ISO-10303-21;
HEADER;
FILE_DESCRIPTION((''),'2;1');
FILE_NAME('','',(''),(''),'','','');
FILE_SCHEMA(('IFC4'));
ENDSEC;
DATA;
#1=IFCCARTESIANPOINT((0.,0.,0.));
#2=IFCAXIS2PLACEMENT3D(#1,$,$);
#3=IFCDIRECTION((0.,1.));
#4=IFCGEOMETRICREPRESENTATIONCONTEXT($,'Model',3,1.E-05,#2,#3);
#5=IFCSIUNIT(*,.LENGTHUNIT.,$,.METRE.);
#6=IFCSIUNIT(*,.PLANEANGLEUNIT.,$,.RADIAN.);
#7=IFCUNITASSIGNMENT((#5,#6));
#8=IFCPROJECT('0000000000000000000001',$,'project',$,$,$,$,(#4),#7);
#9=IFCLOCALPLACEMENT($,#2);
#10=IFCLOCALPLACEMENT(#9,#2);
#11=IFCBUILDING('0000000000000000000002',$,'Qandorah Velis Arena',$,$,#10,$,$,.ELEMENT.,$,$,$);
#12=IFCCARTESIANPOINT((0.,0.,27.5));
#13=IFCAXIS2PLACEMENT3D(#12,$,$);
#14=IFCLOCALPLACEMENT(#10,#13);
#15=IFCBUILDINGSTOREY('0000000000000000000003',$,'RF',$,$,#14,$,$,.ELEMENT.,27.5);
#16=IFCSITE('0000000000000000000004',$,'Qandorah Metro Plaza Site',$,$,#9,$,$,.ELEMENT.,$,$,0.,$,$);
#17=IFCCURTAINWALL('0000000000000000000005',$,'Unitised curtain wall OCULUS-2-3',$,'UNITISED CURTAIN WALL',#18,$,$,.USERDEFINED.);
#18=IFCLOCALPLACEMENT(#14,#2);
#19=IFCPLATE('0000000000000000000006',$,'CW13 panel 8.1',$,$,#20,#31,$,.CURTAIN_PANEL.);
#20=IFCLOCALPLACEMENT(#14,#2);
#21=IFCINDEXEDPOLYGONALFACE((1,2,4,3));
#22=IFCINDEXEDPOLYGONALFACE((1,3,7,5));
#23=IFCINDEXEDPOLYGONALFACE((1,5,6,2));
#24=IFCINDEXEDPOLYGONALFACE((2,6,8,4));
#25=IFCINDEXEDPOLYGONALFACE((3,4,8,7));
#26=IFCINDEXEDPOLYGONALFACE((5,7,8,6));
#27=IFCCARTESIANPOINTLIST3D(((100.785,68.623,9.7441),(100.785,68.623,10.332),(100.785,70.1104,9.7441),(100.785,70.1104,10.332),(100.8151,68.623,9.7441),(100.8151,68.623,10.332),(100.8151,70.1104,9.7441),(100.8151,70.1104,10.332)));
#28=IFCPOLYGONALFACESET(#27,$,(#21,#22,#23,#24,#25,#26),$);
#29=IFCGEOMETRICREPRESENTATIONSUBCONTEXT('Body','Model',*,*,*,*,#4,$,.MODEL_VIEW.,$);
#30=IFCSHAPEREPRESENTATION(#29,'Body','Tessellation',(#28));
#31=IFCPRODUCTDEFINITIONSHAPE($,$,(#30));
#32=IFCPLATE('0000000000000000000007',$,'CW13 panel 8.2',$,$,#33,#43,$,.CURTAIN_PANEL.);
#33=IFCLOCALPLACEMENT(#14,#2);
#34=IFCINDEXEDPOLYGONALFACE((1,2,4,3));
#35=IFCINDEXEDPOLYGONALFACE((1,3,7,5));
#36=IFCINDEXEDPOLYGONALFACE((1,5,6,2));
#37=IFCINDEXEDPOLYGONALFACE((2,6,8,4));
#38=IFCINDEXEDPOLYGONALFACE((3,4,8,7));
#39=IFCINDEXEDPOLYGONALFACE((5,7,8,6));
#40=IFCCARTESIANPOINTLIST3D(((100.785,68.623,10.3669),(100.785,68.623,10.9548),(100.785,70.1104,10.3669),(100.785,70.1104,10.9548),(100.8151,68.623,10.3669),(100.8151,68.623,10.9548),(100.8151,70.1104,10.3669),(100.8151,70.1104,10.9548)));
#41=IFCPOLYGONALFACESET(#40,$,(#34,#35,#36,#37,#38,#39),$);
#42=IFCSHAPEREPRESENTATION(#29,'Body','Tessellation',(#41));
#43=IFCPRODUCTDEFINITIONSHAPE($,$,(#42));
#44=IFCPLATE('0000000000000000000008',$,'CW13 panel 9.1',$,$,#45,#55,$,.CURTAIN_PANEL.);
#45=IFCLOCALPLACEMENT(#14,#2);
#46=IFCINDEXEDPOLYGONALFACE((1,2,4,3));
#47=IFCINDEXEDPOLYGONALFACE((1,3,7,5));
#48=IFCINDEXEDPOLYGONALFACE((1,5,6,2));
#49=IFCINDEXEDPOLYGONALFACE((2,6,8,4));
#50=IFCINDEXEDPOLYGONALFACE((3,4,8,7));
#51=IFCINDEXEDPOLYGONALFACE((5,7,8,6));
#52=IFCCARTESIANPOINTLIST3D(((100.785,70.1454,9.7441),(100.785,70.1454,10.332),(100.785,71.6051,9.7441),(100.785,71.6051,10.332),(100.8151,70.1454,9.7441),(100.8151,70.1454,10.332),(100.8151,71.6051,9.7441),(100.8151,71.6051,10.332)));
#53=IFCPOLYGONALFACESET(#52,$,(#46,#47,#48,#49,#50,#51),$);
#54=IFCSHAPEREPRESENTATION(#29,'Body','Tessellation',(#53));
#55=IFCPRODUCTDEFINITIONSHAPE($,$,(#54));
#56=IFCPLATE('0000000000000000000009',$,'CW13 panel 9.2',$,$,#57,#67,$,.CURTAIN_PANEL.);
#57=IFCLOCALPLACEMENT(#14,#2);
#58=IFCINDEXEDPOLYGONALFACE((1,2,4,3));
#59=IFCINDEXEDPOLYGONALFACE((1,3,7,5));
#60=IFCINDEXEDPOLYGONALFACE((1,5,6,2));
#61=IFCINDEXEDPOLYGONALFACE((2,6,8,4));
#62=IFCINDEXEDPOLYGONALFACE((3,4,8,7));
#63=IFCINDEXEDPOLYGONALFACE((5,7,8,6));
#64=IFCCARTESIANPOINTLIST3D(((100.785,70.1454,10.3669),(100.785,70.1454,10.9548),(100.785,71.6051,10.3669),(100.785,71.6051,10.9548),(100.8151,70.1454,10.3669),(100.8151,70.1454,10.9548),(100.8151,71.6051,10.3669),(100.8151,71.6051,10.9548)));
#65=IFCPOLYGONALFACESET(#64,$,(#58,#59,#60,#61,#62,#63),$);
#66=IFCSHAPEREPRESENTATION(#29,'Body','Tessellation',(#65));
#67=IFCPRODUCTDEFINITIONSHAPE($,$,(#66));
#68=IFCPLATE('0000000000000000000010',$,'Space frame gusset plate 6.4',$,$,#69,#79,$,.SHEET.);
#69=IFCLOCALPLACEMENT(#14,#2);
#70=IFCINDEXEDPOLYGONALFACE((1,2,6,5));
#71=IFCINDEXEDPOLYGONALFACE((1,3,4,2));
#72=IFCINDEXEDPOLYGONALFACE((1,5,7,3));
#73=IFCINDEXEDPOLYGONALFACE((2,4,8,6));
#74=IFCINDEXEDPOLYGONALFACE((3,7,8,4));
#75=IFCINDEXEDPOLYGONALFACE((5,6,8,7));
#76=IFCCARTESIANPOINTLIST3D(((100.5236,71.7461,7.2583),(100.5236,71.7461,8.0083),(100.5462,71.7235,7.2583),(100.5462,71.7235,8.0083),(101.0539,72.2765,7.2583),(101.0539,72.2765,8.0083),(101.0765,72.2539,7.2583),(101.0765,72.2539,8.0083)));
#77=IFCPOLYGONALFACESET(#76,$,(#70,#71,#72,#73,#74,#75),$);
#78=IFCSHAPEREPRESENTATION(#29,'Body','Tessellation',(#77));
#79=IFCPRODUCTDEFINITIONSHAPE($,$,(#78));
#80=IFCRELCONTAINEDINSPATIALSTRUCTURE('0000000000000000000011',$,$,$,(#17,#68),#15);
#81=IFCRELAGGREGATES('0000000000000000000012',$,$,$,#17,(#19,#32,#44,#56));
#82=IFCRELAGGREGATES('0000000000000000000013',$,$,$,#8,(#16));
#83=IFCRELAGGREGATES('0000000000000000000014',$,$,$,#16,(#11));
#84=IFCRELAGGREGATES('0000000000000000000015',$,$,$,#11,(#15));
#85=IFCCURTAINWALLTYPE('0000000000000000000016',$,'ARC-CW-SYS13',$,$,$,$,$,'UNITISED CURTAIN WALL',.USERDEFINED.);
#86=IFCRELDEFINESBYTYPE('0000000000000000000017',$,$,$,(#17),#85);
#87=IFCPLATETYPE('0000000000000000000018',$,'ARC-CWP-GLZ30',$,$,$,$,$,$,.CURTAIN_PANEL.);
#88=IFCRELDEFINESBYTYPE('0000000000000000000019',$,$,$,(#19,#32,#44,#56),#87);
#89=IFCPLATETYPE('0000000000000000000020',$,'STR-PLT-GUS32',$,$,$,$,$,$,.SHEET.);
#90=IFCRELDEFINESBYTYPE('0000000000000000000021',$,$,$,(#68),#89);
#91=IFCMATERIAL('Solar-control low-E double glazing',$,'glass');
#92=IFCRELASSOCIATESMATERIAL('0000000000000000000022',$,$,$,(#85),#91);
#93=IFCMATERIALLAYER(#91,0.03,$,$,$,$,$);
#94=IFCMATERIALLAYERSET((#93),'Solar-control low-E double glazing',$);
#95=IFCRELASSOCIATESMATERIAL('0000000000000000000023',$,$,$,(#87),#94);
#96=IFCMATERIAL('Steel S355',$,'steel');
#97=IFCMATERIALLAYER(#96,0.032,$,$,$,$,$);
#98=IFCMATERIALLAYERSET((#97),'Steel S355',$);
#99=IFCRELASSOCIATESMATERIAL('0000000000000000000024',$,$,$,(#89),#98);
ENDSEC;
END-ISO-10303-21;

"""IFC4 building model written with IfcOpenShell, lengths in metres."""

from ifc_helpers import new_model, si_unit, direction, frame, origin, origin_2d, place, context, subcontext, project, spatial, rectangle, extrude, material, layer, layer_set, type_object, element, aggregate, save


model = new_model("IFC4")

# Units and contexts
model_context = context("Model", 3, precision=1e-05, world=origin(), true_north=direction((0.0, 1.0)))
body_context = subcontext(model_context, "Body", "Model", "MODEL_VIEW")
ifc_project = project(units=[si_unit("LENGTHUNIT", "METRE"), si_unit("PLANEANGLEUNIT", "RADIAN")], contexts=[model_context])

# Site, building, storey
site_placement = place(None, origin())
site = spatial("IfcSite", under=ifc_project, at=site_placement, Name="Qandorah Metro Plaza Site", CompositionType="ELEMENT", RefElevation=0.0)
building_placement = place(site_placement, origin())
building = spatial("IfcBuilding", under=site, at=building_placement, Name="Qandorah Velis Arena", CompositionType="ELEMENT")
storey_placement = place(building_placement, frame((0.0, 0.0, 27.5)))
storey = spatial("IfcBuildingStorey", under=building, at=storey_placement, Name="RF", CompositionType="ELEMENT", Elevation=27.5)

# Shared definitions
ifc_material_1 = material(Name="Solar-control low-E double glazing", Category="glass")

# Curtain wall
curtain_wall_type_1 = type_object("IfcCurtainWallType", Name="ARC-CW-SYS13", ElementType="UNITISED CURTAIN WALL", PredefinedType="USERDEFINED", material=ifc_material_1)
curtain_wall_1_placement = place(storey_placement, origin())
curtain_wall_1 = element("IfcCurtainWall", 1, at=curtain_wall_1_placement, inside=storey, type_object=curtain_wall_type_1, Name="Unitised curtain wall OCULUS-2-3", ObjectType="UNITISED CURTAIN WALL", PredefinedType="USERDEFINED")

# Shared definitions
ifc_material_2 = material(Name="Steel S355", Category="steel")

# Plates
ifc_layer_1 = layer(ifc_material_1, 0.03)
ifc_layer_set_1 = layer_set([ifc_layer_1], Name="Solar-control low-E double glazing")
plate_type_1 = type_object("IfcPlateType", Name="ARC-CWP-GLZ30", PredefinedType="CURTAIN_PANEL", material=ifc_layer_set_1)
plate_1_placement = place(storey_placement, frame((100.8, 69.3667, 9.7441), z_axis=(0.0, 0.0, 1.0), x_axis=(0.0, 1.0, 0.0)))
plate_1 = element("IfcPlate", 2, at=plate_1_placement, type_object=plate_type_1, Name="CW13 panel 8.1", PredefinedType="CURTAIN_PANEL", context=body_context, shape_type="SweptSolid", body=[
    extrude(rectangle(XDim=1.4873, YDim=0.03, at=origin_2d()), origin(), (0.0, 0.0, 1.0), 0.5879),
])
plate_2_placement = place(storey_placement, frame((100.8, 69.3667, 10.3669), z_axis=(0.0, 0.0, 1.0), x_axis=(0.0, 1.0, 0.0)))
plate_2 = element("IfcPlate", 3, at=plate_2_placement, type_object=plate_type_1, Name="CW13 panel 8.2", PredefinedType="CURTAIN_PANEL", context=body_context, shape_type="SweptSolid", body=[
    extrude(rectangle(XDim=1.4873, YDim=0.03, at=origin_2d()), origin(), (0.0, 0.0, 1.0), 0.5879),
])
plate_3_placement = place(storey_placement, frame((100.8, 70.8752, 9.7441), z_axis=(0.0, 0.0, 1.0), x_axis=(0.0, 1.0, 0.0)))
plate_3 = element("IfcPlate", 4, at=plate_3_placement, type_object=plate_type_1, Name="CW13 panel 9.1", PredefinedType="CURTAIN_PANEL", context=body_context, shape_type="SweptSolid", body=[
    extrude(rectangle(XDim=1.4597, YDim=0.03, at=origin_2d()), origin(), (0.0, 0.0, 1.0), 0.5879),
])
plate_4_placement = place(storey_placement, frame((100.8, 70.8752, 10.3669), z_axis=(0.0, 0.0, 1.0), x_axis=(0.0, 1.0, 0.0)))
plate_4 = element("IfcPlate", 5, at=plate_4_placement, type_object=plate_type_1, Name="CW13 panel 9.2", PredefinedType="CURTAIN_PANEL", context=body_context, shape_type="SweptSolid", body=[
    extrude(rectangle(XDim=1.4597, YDim=0.03, at=origin_2d()), origin(), (0.0, 0.0, 1.0), 0.5879),
])
aggregate(curtain_wall_1, [plate_1, plate_2, plate_3, plate_4])
ifc_layer_2 = layer(ifc_material_2, 0.032)
ifc_layer_set_2 = layer_set([ifc_layer_2], Name="Steel S355")
plate_type_2 = type_object("IfcPlateType", Name="STR-PLT-GUS32", PredefinedType="SHEET", material=ifc_layer_set_2)
plate_5_placement = place(storey_placement, frame((100.8, 72.0, 7.2583), z_axis=(0.0, 0.0, 1.0), x_axis=(0.707107, 0.707107, 0.0)))
element("IfcPlate", 6, at=plate_5_placement, inside=storey, type_object=plate_type_2, Name="Space frame gusset plate 6.4", PredefinedType="SHEET", context=body_context, shape_type="SweptSolid", body=[
    extrude(rectangle(XDim=0.75, YDim=0.032, at=origin_2d()), origin(), (0.0, 0.0, 1.0), 0.75),
])

save(model, "model.ifc")
